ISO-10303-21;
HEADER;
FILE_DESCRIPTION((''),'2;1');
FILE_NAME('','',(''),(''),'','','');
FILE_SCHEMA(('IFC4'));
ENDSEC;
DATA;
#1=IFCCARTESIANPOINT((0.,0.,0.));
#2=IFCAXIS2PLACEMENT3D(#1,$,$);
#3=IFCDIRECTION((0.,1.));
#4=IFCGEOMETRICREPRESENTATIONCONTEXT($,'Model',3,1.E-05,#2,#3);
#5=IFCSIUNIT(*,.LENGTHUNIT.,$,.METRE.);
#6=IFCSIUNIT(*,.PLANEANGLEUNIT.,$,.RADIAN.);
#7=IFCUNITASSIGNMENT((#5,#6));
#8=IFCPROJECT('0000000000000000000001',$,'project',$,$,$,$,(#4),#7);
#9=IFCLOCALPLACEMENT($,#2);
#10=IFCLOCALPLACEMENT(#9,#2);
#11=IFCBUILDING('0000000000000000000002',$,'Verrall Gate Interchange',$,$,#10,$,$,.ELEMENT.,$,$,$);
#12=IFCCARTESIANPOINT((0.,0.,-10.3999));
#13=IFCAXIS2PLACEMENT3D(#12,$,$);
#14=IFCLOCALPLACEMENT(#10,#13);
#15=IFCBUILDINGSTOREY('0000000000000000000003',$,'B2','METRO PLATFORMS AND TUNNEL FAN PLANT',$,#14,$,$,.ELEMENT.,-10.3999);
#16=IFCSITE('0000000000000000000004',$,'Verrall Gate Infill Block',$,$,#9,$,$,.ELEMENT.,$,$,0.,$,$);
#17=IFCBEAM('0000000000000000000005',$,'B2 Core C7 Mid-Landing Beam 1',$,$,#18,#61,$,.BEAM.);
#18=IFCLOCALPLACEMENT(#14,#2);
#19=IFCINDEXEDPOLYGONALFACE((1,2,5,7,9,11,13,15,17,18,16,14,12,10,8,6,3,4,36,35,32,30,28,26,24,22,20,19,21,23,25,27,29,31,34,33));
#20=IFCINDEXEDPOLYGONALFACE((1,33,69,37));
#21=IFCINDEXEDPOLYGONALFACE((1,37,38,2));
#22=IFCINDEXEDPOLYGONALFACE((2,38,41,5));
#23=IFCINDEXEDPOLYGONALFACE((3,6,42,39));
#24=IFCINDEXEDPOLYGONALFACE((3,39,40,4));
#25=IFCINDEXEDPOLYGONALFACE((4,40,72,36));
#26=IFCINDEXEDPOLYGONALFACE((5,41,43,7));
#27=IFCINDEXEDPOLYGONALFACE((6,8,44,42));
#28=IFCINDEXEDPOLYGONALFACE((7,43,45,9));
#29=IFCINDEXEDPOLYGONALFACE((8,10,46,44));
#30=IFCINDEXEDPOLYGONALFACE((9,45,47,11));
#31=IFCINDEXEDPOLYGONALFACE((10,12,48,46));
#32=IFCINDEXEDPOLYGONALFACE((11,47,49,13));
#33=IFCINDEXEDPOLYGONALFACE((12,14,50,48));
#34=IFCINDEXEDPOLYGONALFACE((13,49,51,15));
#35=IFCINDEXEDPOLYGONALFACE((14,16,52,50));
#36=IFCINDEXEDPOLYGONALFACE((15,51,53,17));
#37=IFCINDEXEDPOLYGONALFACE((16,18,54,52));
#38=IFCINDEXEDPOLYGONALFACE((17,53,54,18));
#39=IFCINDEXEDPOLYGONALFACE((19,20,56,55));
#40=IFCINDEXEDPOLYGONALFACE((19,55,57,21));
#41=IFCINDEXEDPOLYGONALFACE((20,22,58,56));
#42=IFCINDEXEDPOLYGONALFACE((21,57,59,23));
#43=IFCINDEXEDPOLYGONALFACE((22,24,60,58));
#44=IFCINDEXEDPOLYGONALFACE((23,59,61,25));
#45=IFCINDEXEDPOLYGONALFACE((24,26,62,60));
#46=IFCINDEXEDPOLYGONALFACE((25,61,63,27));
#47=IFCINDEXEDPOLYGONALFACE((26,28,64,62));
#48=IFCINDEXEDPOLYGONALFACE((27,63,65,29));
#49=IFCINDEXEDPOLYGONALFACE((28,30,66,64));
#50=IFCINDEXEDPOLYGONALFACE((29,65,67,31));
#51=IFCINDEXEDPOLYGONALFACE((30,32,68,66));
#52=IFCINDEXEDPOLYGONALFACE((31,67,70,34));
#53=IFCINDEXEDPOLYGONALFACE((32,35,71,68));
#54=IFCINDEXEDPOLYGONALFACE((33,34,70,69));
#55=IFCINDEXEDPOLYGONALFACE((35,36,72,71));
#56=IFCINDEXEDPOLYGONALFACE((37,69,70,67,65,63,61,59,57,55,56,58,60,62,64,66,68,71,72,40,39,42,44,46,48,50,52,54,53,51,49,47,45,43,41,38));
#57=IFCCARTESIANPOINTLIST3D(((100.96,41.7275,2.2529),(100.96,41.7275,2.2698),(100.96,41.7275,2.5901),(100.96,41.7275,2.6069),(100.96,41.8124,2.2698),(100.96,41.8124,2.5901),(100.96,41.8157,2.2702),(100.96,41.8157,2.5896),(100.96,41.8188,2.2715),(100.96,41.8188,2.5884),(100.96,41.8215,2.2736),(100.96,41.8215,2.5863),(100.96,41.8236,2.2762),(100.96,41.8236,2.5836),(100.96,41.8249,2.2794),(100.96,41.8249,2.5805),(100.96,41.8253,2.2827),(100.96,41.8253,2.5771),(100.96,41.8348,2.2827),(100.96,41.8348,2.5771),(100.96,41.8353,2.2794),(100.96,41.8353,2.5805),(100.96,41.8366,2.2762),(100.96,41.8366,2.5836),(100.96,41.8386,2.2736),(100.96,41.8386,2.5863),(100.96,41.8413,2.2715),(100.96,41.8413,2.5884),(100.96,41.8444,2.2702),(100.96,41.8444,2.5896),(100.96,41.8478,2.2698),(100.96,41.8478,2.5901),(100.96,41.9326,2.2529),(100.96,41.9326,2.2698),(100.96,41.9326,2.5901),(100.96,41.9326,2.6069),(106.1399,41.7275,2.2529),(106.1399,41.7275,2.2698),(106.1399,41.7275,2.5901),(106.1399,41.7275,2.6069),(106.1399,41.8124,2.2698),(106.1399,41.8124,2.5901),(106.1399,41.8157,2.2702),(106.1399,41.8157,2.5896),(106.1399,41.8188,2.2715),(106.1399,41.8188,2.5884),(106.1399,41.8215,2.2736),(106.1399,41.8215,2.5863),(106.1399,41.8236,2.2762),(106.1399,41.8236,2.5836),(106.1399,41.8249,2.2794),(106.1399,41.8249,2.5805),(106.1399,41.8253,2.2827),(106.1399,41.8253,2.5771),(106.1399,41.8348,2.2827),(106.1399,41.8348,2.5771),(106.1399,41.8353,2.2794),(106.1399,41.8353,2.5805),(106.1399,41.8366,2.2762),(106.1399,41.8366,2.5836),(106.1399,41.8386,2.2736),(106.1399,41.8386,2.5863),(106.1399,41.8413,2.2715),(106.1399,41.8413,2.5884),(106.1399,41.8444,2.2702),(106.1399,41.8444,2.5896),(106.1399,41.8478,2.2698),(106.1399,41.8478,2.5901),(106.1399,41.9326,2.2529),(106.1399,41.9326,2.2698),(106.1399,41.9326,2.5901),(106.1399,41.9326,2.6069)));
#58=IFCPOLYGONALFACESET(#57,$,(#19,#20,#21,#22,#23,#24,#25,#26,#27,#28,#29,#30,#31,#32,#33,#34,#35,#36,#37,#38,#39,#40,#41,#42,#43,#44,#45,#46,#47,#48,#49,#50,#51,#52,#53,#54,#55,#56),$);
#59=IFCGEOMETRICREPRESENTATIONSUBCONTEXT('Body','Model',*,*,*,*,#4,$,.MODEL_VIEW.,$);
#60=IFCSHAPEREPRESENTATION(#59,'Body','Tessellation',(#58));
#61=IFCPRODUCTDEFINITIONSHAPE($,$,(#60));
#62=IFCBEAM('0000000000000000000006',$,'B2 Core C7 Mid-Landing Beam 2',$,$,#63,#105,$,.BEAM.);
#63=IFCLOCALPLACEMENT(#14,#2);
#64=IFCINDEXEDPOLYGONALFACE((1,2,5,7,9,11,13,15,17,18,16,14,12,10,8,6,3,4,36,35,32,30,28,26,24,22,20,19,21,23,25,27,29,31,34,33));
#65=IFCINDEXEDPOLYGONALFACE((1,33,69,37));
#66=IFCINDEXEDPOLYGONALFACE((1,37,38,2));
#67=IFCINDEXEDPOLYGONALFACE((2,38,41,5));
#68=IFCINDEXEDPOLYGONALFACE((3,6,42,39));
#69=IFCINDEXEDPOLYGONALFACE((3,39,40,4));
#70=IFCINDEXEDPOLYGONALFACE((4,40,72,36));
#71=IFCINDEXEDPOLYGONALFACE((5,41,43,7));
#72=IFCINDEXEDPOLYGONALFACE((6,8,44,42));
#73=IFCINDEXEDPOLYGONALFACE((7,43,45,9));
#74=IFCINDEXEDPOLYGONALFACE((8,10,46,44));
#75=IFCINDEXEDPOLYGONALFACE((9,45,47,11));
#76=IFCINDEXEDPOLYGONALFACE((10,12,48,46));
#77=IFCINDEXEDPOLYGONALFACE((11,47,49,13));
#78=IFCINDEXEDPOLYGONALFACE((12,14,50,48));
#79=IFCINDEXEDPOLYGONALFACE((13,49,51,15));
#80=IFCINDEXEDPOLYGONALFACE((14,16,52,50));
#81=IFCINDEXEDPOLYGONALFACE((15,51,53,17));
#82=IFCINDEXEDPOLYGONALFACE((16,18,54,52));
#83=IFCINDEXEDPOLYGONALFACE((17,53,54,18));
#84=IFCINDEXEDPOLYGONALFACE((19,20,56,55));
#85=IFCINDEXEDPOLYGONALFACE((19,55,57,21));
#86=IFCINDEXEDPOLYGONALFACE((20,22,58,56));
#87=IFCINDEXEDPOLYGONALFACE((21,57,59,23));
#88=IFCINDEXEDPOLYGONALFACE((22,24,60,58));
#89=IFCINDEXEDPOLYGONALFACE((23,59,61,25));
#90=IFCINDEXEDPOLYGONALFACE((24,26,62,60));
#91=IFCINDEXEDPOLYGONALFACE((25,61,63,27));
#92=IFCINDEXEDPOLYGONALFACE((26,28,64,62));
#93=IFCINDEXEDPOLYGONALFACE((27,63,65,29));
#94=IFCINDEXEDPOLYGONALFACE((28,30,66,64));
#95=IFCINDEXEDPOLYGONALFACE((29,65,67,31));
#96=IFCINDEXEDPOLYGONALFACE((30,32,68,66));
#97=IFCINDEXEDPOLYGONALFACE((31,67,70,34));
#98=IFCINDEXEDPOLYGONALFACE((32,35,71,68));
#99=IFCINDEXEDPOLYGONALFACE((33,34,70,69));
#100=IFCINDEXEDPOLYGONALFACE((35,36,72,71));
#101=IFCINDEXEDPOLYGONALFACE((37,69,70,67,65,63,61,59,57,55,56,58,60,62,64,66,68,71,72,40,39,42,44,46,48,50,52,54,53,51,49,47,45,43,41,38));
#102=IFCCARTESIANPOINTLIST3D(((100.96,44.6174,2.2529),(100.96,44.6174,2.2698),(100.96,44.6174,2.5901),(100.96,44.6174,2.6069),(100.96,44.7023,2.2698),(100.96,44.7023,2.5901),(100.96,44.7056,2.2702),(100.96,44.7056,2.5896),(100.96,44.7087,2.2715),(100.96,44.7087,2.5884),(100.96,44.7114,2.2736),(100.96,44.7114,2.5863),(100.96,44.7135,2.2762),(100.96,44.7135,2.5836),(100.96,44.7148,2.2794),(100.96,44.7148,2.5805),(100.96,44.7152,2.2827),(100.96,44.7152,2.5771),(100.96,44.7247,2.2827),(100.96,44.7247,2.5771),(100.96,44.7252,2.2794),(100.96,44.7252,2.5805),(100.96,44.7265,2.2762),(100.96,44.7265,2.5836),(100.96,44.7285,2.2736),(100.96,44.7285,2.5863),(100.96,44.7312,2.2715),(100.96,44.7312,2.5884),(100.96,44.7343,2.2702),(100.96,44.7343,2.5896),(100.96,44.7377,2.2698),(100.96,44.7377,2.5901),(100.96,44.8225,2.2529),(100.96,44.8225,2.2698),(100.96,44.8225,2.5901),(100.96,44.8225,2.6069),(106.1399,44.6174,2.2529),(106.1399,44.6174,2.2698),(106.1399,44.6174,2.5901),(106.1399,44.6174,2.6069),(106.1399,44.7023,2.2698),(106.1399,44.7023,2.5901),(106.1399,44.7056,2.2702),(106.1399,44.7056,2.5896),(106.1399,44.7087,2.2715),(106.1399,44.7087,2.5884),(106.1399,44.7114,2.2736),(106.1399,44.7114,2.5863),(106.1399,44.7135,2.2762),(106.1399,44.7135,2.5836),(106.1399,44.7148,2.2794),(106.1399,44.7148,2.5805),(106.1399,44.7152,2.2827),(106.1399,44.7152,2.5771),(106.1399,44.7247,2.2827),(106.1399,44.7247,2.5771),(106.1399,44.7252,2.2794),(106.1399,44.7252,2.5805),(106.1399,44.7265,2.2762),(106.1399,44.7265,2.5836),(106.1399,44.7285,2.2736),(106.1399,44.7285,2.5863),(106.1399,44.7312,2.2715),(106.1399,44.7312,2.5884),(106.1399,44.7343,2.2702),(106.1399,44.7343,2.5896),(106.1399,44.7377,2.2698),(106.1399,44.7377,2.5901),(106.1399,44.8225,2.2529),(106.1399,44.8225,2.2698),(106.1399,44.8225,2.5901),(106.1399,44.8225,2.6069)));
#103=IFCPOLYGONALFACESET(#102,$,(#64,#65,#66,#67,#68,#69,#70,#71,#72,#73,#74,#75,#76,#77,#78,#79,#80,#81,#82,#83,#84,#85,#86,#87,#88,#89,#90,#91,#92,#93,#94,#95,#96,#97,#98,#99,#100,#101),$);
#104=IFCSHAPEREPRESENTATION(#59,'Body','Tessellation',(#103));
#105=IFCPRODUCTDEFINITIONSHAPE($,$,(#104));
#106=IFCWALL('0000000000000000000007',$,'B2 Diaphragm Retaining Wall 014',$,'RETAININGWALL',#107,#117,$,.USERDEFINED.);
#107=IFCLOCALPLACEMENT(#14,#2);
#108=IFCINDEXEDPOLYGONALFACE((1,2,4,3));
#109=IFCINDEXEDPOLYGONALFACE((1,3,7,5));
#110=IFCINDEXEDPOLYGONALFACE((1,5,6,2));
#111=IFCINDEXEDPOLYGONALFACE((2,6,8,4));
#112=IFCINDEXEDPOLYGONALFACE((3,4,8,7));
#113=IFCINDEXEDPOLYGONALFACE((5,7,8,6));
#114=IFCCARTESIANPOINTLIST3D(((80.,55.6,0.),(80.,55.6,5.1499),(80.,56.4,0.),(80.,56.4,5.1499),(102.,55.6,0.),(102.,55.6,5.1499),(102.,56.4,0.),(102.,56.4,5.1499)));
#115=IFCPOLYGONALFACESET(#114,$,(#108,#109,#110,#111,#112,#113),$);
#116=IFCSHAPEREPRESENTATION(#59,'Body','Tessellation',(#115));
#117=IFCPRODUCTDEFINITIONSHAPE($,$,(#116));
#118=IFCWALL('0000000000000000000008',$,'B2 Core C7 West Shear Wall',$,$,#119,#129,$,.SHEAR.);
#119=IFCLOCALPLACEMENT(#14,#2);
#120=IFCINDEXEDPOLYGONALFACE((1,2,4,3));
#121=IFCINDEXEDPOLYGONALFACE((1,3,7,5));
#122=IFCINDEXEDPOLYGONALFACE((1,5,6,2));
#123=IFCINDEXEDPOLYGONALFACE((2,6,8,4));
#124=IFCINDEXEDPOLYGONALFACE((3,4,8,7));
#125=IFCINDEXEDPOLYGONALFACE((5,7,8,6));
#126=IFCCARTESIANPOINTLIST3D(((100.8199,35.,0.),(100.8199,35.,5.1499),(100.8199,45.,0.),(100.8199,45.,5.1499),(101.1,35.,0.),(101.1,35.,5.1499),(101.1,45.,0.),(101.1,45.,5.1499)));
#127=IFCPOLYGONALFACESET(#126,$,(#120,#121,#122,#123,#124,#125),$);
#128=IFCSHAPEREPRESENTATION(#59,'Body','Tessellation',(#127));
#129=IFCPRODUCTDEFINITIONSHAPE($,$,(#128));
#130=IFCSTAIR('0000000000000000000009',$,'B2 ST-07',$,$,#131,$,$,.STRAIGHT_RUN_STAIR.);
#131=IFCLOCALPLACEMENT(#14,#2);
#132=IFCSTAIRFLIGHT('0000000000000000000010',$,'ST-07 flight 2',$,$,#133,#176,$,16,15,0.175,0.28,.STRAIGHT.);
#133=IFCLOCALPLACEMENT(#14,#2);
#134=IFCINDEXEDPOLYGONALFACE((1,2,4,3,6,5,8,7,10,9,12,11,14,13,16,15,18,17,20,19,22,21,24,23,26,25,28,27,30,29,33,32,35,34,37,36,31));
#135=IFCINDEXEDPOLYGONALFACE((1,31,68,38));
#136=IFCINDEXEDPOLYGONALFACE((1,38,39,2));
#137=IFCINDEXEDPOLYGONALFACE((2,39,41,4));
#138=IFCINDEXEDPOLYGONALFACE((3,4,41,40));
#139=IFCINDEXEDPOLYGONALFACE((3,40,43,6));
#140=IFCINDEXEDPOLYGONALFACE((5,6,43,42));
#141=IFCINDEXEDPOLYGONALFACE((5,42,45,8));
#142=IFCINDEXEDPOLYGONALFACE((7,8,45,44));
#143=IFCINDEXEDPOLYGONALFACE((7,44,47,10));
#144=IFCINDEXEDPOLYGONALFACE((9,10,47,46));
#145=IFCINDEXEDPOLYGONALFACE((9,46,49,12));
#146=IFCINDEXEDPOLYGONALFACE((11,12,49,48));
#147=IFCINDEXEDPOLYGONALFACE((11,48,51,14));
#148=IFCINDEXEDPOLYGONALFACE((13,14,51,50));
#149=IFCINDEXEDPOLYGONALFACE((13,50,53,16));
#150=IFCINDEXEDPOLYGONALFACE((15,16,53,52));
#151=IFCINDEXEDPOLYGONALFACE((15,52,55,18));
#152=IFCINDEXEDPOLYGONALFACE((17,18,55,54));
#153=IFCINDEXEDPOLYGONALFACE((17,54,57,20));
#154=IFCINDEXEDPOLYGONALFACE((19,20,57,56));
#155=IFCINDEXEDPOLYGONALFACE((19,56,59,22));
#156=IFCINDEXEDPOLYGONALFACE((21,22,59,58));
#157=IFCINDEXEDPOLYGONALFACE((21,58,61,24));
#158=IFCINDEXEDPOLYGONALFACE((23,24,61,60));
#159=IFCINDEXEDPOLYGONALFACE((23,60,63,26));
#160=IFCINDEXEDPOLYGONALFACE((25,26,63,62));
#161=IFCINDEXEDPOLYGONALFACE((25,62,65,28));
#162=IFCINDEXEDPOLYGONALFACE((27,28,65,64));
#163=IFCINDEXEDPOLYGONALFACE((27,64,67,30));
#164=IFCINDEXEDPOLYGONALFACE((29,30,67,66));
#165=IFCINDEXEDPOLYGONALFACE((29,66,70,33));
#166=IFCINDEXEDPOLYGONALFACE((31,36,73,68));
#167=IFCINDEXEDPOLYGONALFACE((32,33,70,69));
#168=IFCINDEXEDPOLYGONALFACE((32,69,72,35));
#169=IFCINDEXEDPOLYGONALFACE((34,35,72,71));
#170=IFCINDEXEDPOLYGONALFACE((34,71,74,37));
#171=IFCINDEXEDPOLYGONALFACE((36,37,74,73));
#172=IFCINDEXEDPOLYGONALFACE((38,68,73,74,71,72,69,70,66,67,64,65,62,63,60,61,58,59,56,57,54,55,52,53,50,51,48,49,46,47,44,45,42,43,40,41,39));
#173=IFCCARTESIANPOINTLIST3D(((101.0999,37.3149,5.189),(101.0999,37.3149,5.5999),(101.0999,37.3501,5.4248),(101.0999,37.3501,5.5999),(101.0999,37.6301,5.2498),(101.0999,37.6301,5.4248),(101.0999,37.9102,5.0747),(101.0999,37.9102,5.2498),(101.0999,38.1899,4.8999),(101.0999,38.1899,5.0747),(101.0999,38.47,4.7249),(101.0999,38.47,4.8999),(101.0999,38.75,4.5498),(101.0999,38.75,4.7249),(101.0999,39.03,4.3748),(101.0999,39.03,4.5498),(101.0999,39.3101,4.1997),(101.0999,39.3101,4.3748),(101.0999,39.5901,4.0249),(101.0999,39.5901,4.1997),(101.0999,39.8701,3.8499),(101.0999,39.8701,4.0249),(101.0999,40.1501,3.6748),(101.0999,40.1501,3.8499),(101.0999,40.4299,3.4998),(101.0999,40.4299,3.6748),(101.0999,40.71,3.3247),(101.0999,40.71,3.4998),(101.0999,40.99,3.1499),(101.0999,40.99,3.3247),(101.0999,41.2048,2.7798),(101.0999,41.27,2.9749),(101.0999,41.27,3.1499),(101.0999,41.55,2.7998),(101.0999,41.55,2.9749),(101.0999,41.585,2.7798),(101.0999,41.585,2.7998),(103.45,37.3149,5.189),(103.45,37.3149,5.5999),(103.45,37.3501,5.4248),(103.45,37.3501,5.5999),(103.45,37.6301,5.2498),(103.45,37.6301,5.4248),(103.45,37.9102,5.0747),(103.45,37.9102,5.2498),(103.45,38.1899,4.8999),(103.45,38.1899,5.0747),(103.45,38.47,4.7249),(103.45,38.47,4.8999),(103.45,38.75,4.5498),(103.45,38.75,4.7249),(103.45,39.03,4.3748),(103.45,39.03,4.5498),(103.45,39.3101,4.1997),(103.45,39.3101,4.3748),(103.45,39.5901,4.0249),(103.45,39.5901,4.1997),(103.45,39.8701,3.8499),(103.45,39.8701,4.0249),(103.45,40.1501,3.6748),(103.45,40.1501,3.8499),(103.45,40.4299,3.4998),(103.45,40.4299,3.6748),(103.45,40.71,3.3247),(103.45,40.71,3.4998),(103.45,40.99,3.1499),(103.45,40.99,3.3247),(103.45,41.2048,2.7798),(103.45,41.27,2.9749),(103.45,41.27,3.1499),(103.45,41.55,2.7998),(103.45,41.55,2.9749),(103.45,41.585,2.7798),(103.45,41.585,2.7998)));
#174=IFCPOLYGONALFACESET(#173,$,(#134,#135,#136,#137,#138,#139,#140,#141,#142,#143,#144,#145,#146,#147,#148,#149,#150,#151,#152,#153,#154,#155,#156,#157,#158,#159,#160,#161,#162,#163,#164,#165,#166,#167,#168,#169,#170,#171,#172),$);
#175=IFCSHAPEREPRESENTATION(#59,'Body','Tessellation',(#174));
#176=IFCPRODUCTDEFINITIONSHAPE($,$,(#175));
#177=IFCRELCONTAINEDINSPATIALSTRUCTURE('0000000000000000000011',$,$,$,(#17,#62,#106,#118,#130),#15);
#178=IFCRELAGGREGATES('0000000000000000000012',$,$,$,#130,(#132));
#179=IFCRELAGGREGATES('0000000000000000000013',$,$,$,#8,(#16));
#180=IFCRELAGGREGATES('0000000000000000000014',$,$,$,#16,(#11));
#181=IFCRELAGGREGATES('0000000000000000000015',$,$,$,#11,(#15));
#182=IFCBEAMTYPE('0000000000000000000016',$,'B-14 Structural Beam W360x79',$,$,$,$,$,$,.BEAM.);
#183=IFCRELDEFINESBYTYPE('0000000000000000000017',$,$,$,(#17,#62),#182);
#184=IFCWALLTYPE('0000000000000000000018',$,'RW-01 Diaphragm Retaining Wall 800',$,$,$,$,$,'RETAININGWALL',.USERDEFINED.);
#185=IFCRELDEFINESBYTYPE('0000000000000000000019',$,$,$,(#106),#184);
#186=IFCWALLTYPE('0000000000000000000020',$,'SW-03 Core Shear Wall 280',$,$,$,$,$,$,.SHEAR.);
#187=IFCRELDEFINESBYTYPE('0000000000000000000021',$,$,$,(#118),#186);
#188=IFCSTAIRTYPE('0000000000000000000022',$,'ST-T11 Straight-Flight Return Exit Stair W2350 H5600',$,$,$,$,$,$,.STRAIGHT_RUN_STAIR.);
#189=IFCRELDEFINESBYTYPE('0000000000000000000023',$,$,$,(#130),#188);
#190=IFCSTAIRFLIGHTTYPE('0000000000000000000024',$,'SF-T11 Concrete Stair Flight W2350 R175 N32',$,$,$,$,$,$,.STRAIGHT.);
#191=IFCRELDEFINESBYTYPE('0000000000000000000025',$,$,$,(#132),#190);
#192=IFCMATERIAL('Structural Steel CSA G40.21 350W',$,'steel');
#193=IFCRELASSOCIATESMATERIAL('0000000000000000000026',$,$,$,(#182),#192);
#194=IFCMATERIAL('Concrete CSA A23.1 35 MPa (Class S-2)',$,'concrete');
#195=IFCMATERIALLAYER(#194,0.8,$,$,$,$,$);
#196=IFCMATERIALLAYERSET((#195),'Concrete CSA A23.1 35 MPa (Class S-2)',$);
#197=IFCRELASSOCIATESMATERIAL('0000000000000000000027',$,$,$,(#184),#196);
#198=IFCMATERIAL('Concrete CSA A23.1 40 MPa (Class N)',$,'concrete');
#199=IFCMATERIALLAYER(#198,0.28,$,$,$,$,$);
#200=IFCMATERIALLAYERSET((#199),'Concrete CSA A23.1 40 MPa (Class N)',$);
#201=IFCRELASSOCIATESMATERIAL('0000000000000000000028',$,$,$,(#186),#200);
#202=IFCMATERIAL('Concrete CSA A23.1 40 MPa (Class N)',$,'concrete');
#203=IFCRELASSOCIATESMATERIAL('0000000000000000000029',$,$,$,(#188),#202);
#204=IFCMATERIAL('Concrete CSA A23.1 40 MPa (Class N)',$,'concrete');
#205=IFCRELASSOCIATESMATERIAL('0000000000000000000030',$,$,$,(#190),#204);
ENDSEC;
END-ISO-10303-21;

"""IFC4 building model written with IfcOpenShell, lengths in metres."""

from ifc_helpers import new_model, si_unit, direction, frame, frame_2d, origin, origin_2d, place, context, subcontext, project, spatial, polyline, rectangle, i_section, outline, extrude, material, layer, layer_set, material_profile, profile_set, type_object, element, aggregate, save


model = new_model("IFC4")

# Units and contexts
model_context = context("Model", 3, precision=1e-05, world=origin(), true_north=direction((0.0, 1.0)))
body_context = subcontext(model_context, "Body", "Model", "MODEL_VIEW")
ifc_project = project(units=[si_unit("LENGTHUNIT", "METRE"), si_unit("PLANEANGLEUNIT", "RADIAN")], contexts=[model_context])

# Site, building, storey
site_placement = place(None, origin())
site = spatial("IfcSite", under=ifc_project, at=site_placement, Name="Verrall Gate Infill Block", CompositionType="ELEMENT", RefElevation=0.0)
building_placement = place(site_placement, origin())
building = spatial("IfcBuilding", under=site, at=building_placement, Name="Verrall Gate Interchange", CompositionType="ELEMENT")
storey_placement = place(building_placement, frame((0.0, 0.0, -10.3999)))
storey = spatial("IfcBuildingStorey", under=building, at=storey_placement, Name="B2", Description="METRO PLATFORMS AND TUNNEL FAN PLANT", CompositionType="ELEMENT", Elevation=-10.3999)

# Beams
ifc_material_1 = material(Name="Structural Steel CSA G40.21 350W", Category="steel")
ifc_material_profile_1 = material_profile(ifc_material_1, i_section(OverallWidth=0.2051, OverallDepth=0.354, WebThickness=0.0095, FlangeThickness=0.0168, FilletRadius=0.0129, at=origin_2d()), Name="W360x79")
ifc_profile_set_1 = profile_set([ifc_material_profile_1], Name="Structural Steel CSA G40.21 350W")
beam_type = type_object("IfcBeamType", Name="B-14 Structural Beam W360x79", PredefinedType="BEAM", material=ifc_profile_set_1)
for number, where, z_axis, x_axis, name in (
    (1, (100.96, 41.8301, 2.4299), (1.0, 0.0, 0.0), (0.0, 1.0, 0.0), "B2 Core C7 Mid-Landing Beam 1"),
    (2, (100.96, 44.72, 2.4299), (1.0, 0.0, 0.0), (0.0, 1.0, 0.0), "B2 Core C7 Mid-Landing Beam 2"),
):
    element("IfcBeam", number, at=place(storey_placement, frame(where, z_axis=z_axis, x_axis=x_axis)), inside=storey, type_object=beam_type, Name=name, PredefinedType="BEAM", context=body_context, shape_type="SweptSolid", body=[
        extrude(i_section(OverallWidth=0.2051, OverallDepth=0.354, WebThickness=0.0095, FlangeThickness=0.0168, FilletRadius=0.0129, at=origin_2d()), origin(), (0.0, 0.0, 1.0), 5.1799),
    ])

# Walls
ifc_material_2 = material(Name="Concrete CSA A23.1 35 MPa (Class S-2)", Category="concrete")
ifc_layer_1 = layer(ifc_material_2, 0.8)
ifc_layer_set_1 = layer_set([ifc_layer_1], Name="Concrete CSA A23.1 35 MPa (Class S-2)")
wall_type_1 = type_object("IfcWallType", Name="RW-01 Diaphragm Retaining Wall 800", ElementType="RETAININGWALL", PredefinedType="USERDEFINED", material=ifc_layer_set_1)
wall_1_placement = place(storey_placement, frame((102.0, 56.0, 0.0), z_axis=(0.0, 0.0, 1.0), x_axis=(-1.0, 0.0, 0.0)))
element("IfcWall", 3, at=wall_1_placement, inside=storey, type_object=wall_type_1, Name="B2 Diaphragm Retaining Wall 014", ObjectType="RETAININGWALL", PredefinedType="USERDEFINED", context=body_context, shape_type="SweptSolid", body=[
    extrude(rectangle(XDim=22.0, YDim=0.8, at=frame_2d((11.0, 0.0))), origin(), (0.0, 0.0, 1.0), 5.1499),
])
ifc_material_3 = material(Name="Concrete CSA A23.1 40 MPa (Class N)", Category="concrete")
ifc_layer_2 = layer(ifc_material_3, 0.28)
ifc_layer_set_2 = layer_set([ifc_layer_2], Name="Concrete CSA A23.1 40 MPa (Class N)")
wall_type_2 = type_object("IfcWallType", Name="SW-03 Core Shear Wall 280", PredefinedType="SHEAR", material=ifc_layer_set_2)
wall_2_placement = place(storey_placement, frame((100.96, 45.0, 0.0), z_axis=(0.0, 0.0, 1.0), x_axis=(0.0, -1.0, 0.0)))
element("IfcWall", 4, at=wall_2_placement, inside=storey, type_object=wall_type_2, Name="B2 Core C7 West Shear Wall", PredefinedType="SHEAR", context=body_context, shape_type="SweptSolid", body=[
    extrude(rectangle(XDim=10.0, YDim=0.28, at=frame_2d((5.0, 0.0))), origin(), (0.0, 0.0, 1.0), 5.1499),
])

# Stair, stair flight
ifc_material_4 = material(Name="Concrete CSA A23.1 40 MPa (Class N)", Category="concrete")
stair_type = type_object("IfcStairType", Name="ST-T11 Straight-Flight Return Exit Stair W2350 H5600", PredefinedType="STRAIGHT_RUN_STAIR", material=ifc_material_4)
stair_placement = place(storey_placement, origin())
stair = element("IfcStair", 5, at=stair_placement, inside=storey, type_object=stair_type, Name="B2 ST-07", PredefinedType="STRAIGHT_RUN_STAIR")
ifc_material_5 = material(Name="Concrete CSA A23.1 40 MPa (Class N)", Category="concrete")
stair_flight_type = type_object("IfcStairFlightType", Name="SF-T11 Concrete Stair Flight W2350 R175 N32", PredefinedType="STRAIGHT", material=ifc_material_5)
stair_flight_placement = place(storey_placement, frame((102.2749, 41.55, 2.7998), z_axis=(0.0, 0.0, 1.0), x_axis=(0.0, -1.0, 0.0)))
stair_flight = element("IfcStairFlight", 6, at=stair_flight_placement, type_object=stair_flight_type, Name="ST-07 flight 2", NumberOfRisers=16, NumberOfTreads=15, PredefinedType="STRAIGHT", RiserHeight=0.175, TreadLength=0.28, context=body_context, shape_type="SweptSolid", body=[
    extrude(outline(polyline([(-0.0349, -0.02), (-0.0349, 0.0), (0.0, 0.0), (0.0, 0.175), (0.28, 0.175), (0.28, 0.3501), (0.5601, 0.3501), (0.5601, 0.5249), (0.8401, 0.5249), (0.8401, 0.7), (1.1201, 0.7), (1.1201, 0.875), (1.3999, 0.875), (1.3999, 1.05), (1.6799, 1.05), (1.6799, 1.2251), (1.96, 1.2251), (1.96, 1.3999), (2.24, 1.3999), (2.24, 1.575), (2.52, 1.575), (2.52, 1.75), (2.8, 1.75), (2.8, 1.925), (3.0801, 1.925), (3.0801, 2.1001), (3.3601, 2.1001), (3.3601, 2.2749), (3.6399, 2.2749), (3.6399, 2.45), (3.9199, 2.45), (3.9199, 2.625), (4.2, 2.625), (4.2, 2.8), (4.2351, 2.8), (4.2351, 2.3892), (0.3452, -0.02), (-0.0349, -0.02)])), frame((0.0, 1.175, 0.0), z_axis=(0.0, -1.0, 0.0), x_axis=(1.0, 0.0, 0.0)), (0.0, 0.0, 1.0), 2.3501),
])
aggregate(stair, [stair_flight])

save(model, "model.ifc")
